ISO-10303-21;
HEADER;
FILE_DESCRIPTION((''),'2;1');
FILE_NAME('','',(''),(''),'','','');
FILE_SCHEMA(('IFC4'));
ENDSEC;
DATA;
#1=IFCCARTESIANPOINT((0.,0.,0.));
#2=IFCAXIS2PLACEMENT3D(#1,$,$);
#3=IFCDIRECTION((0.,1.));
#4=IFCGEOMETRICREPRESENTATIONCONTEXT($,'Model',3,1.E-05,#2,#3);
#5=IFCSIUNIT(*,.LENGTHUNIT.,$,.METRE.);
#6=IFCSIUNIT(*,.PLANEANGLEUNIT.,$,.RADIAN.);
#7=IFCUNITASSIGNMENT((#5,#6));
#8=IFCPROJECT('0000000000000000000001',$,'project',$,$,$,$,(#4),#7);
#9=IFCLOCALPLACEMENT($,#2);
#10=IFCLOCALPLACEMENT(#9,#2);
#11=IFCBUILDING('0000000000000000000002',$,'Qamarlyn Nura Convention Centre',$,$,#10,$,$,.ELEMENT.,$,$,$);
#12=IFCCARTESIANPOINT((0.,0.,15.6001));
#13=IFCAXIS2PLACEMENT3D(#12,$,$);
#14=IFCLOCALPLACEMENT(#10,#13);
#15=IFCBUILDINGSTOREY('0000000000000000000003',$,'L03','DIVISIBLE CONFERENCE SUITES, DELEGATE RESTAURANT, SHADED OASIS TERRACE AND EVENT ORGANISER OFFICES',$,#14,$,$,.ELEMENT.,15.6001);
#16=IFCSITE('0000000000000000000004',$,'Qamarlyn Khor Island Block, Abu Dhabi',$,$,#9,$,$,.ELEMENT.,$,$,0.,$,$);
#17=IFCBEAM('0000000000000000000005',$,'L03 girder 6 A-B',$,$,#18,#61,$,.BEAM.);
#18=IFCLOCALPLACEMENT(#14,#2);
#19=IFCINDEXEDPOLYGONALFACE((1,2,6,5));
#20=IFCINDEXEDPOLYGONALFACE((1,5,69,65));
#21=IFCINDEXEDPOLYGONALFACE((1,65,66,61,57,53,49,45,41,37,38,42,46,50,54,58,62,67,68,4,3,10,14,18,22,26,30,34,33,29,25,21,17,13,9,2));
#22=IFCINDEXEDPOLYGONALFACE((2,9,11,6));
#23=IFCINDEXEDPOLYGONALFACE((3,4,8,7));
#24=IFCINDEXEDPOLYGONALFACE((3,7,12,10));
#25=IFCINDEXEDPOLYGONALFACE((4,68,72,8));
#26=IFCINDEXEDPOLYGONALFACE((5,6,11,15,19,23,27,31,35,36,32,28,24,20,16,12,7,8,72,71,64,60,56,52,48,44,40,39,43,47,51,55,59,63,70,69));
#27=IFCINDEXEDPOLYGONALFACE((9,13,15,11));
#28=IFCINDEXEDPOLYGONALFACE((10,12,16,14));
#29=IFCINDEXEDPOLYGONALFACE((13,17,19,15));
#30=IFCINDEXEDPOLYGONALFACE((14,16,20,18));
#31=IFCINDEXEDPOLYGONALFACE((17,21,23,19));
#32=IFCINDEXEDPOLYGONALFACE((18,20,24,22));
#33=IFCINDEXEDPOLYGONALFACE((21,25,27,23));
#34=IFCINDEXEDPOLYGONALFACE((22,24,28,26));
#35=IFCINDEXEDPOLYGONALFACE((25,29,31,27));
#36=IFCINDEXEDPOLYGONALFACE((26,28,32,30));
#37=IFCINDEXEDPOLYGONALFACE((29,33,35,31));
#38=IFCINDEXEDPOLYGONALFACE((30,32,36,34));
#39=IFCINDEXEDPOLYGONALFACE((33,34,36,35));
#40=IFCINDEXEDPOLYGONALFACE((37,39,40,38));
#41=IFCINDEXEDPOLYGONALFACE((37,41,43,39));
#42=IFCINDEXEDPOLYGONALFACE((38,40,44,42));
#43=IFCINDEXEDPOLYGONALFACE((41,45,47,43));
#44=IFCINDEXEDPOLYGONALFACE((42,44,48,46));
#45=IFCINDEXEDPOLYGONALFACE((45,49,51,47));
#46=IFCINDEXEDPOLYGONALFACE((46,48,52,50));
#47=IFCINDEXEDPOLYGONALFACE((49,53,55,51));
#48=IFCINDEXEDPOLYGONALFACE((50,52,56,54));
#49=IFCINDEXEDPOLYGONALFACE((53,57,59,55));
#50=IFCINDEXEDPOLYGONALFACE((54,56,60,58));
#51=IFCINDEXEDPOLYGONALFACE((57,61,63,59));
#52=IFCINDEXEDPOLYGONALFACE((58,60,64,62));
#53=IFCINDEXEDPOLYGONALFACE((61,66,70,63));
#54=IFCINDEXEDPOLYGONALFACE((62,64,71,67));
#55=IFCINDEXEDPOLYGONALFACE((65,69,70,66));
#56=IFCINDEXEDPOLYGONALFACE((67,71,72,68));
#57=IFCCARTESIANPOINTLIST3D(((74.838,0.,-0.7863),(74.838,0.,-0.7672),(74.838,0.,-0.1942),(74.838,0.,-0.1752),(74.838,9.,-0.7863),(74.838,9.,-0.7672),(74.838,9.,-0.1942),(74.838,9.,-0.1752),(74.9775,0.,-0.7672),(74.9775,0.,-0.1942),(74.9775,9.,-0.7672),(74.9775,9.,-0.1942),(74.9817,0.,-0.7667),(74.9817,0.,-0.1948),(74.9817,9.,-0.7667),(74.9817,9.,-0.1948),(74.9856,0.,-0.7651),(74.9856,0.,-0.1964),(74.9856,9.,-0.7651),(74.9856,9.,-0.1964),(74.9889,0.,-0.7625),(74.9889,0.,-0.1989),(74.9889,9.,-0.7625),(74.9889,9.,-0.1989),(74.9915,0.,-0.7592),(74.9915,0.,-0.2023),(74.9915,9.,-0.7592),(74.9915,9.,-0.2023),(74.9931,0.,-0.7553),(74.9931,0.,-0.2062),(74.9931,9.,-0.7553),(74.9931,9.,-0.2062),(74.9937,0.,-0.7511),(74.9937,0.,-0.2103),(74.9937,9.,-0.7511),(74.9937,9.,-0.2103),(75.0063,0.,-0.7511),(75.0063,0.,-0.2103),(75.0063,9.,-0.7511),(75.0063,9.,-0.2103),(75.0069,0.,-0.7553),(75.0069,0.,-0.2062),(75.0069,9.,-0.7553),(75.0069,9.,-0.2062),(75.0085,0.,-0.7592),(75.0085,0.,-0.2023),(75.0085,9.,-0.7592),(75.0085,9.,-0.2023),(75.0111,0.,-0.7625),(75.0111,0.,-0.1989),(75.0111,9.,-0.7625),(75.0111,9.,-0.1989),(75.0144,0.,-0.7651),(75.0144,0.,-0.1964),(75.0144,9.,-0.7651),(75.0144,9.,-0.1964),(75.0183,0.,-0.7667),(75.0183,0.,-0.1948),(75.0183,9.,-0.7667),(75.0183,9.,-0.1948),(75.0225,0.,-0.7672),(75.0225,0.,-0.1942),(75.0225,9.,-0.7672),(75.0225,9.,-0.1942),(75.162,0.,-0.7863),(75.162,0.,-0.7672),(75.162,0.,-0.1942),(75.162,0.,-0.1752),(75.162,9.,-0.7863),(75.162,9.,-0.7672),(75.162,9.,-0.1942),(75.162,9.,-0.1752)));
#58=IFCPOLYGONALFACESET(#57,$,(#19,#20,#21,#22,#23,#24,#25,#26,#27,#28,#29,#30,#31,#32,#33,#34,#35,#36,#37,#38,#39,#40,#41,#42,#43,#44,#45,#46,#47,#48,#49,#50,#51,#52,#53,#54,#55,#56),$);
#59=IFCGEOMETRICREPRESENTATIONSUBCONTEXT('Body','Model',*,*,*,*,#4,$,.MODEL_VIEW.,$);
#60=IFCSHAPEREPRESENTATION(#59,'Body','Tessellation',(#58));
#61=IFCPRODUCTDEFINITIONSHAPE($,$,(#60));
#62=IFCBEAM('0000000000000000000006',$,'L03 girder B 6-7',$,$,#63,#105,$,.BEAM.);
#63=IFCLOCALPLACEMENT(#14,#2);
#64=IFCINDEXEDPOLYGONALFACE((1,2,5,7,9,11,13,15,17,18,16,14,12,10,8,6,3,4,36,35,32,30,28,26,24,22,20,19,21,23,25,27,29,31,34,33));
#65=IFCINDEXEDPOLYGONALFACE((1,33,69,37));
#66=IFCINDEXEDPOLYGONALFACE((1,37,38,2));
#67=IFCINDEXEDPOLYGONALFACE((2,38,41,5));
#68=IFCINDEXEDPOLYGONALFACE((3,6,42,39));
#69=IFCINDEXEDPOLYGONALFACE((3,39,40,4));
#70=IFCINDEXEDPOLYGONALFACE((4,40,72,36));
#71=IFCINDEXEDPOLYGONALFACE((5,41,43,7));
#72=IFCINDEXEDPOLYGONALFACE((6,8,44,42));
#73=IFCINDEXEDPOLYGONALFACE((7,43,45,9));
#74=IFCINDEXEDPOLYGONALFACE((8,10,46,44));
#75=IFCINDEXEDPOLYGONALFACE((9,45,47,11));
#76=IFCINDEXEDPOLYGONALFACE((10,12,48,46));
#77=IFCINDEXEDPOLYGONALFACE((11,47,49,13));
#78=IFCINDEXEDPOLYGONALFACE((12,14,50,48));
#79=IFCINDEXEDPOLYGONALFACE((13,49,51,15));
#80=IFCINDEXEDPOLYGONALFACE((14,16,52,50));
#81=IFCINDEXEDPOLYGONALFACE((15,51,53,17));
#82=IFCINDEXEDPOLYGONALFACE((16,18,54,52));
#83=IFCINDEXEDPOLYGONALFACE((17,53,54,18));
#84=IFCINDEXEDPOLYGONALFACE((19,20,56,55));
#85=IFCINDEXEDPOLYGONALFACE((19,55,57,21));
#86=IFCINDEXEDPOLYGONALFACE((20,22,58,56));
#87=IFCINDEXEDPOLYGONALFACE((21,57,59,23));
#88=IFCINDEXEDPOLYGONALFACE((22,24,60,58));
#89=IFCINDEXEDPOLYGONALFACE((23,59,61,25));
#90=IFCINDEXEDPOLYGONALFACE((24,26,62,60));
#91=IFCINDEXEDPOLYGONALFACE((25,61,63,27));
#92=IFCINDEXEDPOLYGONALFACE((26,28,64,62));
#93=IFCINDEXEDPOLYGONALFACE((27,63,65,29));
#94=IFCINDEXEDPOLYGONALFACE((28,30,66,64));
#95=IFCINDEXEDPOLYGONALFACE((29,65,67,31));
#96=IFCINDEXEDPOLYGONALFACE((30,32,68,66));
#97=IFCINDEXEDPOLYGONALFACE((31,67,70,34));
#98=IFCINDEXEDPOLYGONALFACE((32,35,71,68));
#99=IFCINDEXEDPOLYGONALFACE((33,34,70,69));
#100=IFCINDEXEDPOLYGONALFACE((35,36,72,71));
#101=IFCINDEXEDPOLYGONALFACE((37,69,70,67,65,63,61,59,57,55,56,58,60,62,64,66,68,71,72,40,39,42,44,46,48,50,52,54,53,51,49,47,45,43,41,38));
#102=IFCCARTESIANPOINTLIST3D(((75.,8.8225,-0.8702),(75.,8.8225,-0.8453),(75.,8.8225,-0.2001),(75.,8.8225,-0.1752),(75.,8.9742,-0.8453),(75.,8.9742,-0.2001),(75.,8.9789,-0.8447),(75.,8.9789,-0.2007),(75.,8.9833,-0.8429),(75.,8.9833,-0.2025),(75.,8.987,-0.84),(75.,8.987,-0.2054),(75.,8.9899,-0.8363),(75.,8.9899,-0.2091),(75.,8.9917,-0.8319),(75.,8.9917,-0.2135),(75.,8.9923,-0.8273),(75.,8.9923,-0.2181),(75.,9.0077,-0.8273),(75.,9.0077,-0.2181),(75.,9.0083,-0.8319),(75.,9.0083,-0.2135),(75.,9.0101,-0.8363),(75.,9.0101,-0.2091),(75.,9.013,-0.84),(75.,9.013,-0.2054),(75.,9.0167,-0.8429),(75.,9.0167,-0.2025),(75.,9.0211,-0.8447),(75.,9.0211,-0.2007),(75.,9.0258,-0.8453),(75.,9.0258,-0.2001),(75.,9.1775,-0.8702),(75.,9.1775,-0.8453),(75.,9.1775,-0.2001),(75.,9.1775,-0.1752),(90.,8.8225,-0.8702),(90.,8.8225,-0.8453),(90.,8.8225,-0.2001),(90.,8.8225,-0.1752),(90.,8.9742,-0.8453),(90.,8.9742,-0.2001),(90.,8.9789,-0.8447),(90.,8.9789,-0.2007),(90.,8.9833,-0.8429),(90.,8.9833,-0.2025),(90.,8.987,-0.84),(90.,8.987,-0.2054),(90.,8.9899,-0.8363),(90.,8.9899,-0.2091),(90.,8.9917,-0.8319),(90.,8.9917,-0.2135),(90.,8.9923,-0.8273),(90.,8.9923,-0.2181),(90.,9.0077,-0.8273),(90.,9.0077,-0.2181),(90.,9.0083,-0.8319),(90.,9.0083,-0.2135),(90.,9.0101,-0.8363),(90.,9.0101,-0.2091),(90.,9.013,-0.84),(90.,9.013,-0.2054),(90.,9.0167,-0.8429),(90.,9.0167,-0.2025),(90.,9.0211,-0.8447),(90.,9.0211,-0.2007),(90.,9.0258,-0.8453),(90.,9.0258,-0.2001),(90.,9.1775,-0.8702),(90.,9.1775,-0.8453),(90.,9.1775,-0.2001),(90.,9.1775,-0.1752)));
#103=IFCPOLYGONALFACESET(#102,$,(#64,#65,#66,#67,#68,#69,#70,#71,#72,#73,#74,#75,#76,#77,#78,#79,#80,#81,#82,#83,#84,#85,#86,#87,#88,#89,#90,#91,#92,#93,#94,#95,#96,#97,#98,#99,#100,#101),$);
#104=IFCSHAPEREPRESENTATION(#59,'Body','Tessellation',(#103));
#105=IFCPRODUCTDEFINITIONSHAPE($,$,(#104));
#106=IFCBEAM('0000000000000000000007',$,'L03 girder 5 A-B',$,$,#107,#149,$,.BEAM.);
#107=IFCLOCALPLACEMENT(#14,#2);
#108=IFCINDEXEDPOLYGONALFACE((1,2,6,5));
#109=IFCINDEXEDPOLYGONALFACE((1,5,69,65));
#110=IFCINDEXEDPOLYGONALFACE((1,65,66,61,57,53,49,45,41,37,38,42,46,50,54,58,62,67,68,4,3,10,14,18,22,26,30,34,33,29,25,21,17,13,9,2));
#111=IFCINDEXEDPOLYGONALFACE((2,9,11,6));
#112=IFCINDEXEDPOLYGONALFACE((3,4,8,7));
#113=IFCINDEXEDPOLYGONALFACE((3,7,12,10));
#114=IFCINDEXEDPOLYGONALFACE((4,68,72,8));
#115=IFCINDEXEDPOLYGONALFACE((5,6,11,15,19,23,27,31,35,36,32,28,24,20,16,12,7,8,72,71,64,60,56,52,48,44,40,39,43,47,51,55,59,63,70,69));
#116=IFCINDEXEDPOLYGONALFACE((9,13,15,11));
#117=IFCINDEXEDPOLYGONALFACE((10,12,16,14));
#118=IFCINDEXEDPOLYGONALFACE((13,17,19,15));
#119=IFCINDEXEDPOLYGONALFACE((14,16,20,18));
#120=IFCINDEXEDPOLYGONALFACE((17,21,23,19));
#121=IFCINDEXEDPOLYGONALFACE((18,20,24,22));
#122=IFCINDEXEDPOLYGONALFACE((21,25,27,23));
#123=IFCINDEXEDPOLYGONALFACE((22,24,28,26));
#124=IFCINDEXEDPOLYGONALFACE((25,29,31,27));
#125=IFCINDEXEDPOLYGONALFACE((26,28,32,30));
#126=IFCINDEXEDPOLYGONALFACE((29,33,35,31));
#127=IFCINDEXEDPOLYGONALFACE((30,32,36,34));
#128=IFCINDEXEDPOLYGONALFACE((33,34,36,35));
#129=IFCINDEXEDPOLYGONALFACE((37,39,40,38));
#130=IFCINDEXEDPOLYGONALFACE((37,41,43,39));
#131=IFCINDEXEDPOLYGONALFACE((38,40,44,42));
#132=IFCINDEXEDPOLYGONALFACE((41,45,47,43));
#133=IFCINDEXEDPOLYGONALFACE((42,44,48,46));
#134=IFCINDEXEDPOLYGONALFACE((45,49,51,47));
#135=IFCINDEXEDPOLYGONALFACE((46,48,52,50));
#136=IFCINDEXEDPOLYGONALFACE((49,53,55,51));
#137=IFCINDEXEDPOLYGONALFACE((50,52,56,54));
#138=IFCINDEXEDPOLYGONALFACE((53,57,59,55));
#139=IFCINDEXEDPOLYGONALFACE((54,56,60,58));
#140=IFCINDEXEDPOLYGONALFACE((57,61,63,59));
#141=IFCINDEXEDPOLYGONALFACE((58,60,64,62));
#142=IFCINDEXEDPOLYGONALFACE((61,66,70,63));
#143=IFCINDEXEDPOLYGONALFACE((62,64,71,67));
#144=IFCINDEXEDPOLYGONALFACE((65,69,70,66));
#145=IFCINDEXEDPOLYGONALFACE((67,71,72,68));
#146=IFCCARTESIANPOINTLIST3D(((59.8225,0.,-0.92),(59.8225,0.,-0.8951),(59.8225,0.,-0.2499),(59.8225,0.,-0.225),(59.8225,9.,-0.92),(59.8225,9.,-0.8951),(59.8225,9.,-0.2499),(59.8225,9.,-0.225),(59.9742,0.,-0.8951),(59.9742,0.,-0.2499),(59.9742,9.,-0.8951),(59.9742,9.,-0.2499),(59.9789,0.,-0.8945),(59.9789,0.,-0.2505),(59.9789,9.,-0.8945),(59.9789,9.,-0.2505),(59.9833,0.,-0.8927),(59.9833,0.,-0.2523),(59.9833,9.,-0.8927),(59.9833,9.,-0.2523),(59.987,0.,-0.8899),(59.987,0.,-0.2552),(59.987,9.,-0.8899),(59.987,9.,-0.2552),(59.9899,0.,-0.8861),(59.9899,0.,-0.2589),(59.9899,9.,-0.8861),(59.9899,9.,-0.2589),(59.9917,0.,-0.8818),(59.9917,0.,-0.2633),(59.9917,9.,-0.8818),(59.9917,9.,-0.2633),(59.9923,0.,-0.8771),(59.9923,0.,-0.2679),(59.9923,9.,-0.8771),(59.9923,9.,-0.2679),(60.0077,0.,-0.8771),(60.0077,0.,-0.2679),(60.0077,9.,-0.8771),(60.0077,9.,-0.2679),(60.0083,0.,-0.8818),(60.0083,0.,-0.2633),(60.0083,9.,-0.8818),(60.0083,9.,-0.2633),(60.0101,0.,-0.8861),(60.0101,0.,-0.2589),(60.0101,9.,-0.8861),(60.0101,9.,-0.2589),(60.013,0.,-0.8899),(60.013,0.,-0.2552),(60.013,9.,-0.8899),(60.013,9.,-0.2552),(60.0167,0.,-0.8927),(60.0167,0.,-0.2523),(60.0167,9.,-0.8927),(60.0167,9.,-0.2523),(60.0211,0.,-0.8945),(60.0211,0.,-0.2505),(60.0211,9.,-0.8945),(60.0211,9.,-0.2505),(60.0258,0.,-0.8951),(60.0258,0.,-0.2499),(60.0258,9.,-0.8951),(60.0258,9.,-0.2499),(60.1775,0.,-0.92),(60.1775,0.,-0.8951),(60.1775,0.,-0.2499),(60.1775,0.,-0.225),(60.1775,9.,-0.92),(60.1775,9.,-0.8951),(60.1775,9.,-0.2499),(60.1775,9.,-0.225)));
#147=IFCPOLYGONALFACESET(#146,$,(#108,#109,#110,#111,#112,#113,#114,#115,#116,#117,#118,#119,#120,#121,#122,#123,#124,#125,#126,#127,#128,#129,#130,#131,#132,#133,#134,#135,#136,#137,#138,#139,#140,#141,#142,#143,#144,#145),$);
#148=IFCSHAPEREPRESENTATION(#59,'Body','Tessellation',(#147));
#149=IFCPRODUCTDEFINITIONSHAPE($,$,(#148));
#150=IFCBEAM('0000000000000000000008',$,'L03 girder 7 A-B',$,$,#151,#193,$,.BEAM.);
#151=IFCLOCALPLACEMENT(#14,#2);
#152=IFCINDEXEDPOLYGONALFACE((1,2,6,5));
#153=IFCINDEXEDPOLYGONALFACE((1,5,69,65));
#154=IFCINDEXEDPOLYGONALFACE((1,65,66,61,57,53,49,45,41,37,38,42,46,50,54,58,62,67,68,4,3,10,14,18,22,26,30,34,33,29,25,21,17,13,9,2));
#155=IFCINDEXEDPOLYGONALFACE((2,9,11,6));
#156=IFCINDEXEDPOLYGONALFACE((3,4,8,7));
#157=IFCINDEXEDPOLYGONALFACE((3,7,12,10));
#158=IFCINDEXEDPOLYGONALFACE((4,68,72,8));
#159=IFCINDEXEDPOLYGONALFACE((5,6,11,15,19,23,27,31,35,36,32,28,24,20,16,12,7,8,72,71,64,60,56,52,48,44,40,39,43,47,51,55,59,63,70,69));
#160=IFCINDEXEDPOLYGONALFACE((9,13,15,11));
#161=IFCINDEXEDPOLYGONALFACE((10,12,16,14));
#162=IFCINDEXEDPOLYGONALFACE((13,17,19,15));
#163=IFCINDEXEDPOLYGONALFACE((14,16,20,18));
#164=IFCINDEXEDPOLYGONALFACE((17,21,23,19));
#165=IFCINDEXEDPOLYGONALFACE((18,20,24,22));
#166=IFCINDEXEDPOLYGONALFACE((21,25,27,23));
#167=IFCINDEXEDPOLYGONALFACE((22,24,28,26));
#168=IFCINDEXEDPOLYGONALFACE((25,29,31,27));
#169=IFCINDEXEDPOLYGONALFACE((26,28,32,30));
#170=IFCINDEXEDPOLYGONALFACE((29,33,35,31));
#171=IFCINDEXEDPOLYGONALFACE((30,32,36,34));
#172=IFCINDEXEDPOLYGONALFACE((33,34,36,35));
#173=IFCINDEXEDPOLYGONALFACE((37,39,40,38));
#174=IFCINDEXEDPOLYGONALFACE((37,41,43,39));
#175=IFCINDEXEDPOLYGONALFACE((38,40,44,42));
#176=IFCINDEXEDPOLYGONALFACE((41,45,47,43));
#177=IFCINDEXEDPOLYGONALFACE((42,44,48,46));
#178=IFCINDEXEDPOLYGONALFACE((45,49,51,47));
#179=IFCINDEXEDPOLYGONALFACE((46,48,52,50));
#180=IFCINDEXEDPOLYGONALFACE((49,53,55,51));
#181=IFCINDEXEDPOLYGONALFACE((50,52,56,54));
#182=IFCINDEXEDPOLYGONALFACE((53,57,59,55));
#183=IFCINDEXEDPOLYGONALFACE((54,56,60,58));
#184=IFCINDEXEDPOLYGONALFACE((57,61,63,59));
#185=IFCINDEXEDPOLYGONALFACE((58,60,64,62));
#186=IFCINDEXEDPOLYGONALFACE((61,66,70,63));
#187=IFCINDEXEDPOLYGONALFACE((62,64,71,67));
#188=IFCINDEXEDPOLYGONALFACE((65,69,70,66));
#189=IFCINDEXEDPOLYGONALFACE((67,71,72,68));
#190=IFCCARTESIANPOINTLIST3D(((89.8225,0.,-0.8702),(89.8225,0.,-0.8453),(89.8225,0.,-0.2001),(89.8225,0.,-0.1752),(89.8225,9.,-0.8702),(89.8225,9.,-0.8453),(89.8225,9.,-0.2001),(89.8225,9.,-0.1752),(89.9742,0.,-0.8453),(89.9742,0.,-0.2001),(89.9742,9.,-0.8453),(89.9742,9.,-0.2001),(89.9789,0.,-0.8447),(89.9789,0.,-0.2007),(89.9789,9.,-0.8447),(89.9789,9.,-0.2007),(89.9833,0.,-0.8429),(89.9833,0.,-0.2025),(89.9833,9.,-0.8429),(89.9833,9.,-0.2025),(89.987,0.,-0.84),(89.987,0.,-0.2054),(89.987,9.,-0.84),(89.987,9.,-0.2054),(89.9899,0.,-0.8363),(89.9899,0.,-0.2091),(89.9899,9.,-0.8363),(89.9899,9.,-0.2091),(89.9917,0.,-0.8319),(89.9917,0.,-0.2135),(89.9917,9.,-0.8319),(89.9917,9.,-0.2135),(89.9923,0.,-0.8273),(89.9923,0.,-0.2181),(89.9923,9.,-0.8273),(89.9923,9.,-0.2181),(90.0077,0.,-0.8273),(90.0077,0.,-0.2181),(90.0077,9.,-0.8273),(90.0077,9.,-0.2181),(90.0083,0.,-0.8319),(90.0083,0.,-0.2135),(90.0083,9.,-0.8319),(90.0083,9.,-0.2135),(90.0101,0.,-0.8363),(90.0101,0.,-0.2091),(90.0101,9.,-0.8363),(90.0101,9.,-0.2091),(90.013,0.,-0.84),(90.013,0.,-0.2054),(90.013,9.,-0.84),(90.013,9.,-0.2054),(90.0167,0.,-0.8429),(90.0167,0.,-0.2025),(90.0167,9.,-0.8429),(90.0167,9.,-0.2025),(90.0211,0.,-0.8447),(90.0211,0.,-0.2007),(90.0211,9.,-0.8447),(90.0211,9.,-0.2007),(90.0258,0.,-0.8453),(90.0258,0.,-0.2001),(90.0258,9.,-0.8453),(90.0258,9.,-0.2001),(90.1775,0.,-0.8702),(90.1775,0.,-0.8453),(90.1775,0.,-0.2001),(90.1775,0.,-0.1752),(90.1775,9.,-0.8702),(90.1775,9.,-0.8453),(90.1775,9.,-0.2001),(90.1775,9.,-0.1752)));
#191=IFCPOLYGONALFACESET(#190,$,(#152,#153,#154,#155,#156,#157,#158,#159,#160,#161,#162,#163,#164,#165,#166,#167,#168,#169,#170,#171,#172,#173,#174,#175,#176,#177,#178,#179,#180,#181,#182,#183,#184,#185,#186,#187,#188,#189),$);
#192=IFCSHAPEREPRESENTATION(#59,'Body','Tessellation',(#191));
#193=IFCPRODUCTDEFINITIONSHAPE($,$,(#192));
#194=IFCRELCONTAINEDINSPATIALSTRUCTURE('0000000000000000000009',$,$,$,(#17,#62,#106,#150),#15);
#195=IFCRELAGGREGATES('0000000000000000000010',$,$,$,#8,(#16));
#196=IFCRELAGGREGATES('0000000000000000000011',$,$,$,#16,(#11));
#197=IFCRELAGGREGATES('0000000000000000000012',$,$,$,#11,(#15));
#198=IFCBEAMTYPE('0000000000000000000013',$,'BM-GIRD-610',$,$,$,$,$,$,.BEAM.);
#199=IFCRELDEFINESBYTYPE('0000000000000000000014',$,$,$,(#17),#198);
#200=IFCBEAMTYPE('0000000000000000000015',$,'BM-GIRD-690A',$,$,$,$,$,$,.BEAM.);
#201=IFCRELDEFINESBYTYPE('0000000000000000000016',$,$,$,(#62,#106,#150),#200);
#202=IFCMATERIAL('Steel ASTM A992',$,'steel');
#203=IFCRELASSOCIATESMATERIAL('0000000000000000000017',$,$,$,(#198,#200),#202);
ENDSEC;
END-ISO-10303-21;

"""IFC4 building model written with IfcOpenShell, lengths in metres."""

from ifc_helpers import new_model, si_unit, direction, frame, origin, origin_2d, place, context, subcontext, project, spatial, i_section, extrude, material, material_profile, profile_set, type_object, element, save


model = new_model("IFC4")

# Units and contexts
model_context = context("Model", 3, precision=1e-05, world=origin(), true_north=direction((0.0, 1.0)))
body_context = subcontext(model_context, "Body", "Model", "MODEL_VIEW")
ifc_project = project(units=[si_unit("LENGTHUNIT", "METRE"), si_unit("PLANEANGLEUNIT", "RADIAN")], contexts=[model_context])

# Site, building, storey
site_placement = place(None, origin())
site = spatial("IfcSite", under=ifc_project, at=site_placement, Name="Qamarlyn Khor Island Block, Abu Dhabi", CompositionType="ELEMENT", RefElevation=0.0)
building_placement = place(site_placement, origin())
building = spatial("IfcBuilding", under=site, at=building_placement, Name="Qamarlyn Nura Convention Centre", CompositionType="ELEMENT")
storey_placement = place(building_placement, frame((0.0, 0.0, 15.6001)))
storey = spatial("IfcBuildingStorey", under=building, at=storey_placement, Name="L03", Description="DIVISIBLE CONFERENCE SUITES, DELEGATE RESTAURANT, SHADED OASIS TERRACE AND EVENT ORGANISER OFFICES", CompositionType="ELEMENT", Elevation=15.6001)

# Beams
ifc_material_1 = material(Name="Steel ASTM A992", Category="steel")
ifc_material_profile_1 = material_profile(ifc_material_1, i_section(OverallWidth=0.324, OverallDepth=0.6111, WebThickness=0.0127, FlangeThickness=0.019, FilletRadius=0.0161, at=origin_2d()), Name="W610X155")
ifc_profile_set_1 = profile_set([ifc_material_profile_1], Name="Steel ASTM A992")
beam_type_1 = type_object("IfcBeamType", Name="BM-GIRD-610", PredefinedType="BEAM", material=ifc_profile_set_1)
beam_1_placement = place(storey_placement, frame((75.0, 0.0, -0.4807), z_axis=(0.0, 1.0, 0.0), x_axis=(-1.0, 0.0, 0.0)))
element("IfcBeam", 1, at=beam_1_placement, inside=storey, type_object=beam_type_1, Name="L03 girder 6 A-B", PredefinedType="BEAM", context=body_context, shape_type="SweptSolid", body=[
    extrude(i_section(OverallWidth=0.324, OverallDepth=0.6111, WebThickness=0.0127, FlangeThickness=0.019, FilletRadius=0.0161, at=origin_2d()), origin(), (0.0, 0.0, 1.0), 9.0),
])
ifc_material_profile_2 = material_profile(ifc_material_1, i_section(OverallWidth=0.355, OverallDepth=0.6951, WebThickness=0.0154, FlangeThickness=0.0249, FilletRadius=0.0181, at=origin_2d()), Name="W690X217")
ifc_profile_set_2 = profile_set([ifc_material_profile_2], Name="Steel ASTM A992")
beam_type_2 = type_object("IfcBeamType", Name="BM-GIRD-690A", PredefinedType="BEAM", material=ifc_profile_set_2)
beam_2_placement = place(storey_placement, frame((75.0, 9.0, -0.5227), z_axis=(1.0, 0.0, 0.0), x_axis=(0.0, 1.0, 0.0)))
element("IfcBeam", 2, at=beam_2_placement, inside=storey, type_object=beam_type_2, Name="L03 girder B 6-7", PredefinedType="BEAM", context=body_context, shape_type="SweptSolid", body=[
    extrude(i_section(OverallWidth=0.355, OverallDepth=0.6951, WebThickness=0.0154, FlangeThickness=0.0249, FilletRadius=0.0181, at=origin_2d()), origin(), (0.0, 0.0, 1.0), 15.0),
])
for number, where, z_axis, x_axis, name in (
    (3, (60.0, 0.0, -0.5725), (0.0, 1.0, 0.0), (-1.0, 0.0, 0.0), "L03 girder 5 A-B"),
    (4, (90.0, 0.0, -0.5227), (0.0, 1.0, 0.0), (-1.0, 0.0, 0.0), "L03 girder 7 A-B"),
):
    element("IfcBeam", number, at=place(storey_placement, frame(where, z_axis=z_axis, x_axis=x_axis)), inside=storey, type_object=beam_type_2, Name=name, PredefinedType="BEAM", context=body_context, shape_type="SweptSolid", body=[
        extrude(i_section(OverallWidth=0.355, OverallDepth=0.6951, WebThickness=0.0154, FlangeThickness=0.0249, FilletRadius=0.0181, at=origin_2d()), origin(), (0.0, 0.0, 1.0), 9.0),
    ])

save(model, "model.ifc")
